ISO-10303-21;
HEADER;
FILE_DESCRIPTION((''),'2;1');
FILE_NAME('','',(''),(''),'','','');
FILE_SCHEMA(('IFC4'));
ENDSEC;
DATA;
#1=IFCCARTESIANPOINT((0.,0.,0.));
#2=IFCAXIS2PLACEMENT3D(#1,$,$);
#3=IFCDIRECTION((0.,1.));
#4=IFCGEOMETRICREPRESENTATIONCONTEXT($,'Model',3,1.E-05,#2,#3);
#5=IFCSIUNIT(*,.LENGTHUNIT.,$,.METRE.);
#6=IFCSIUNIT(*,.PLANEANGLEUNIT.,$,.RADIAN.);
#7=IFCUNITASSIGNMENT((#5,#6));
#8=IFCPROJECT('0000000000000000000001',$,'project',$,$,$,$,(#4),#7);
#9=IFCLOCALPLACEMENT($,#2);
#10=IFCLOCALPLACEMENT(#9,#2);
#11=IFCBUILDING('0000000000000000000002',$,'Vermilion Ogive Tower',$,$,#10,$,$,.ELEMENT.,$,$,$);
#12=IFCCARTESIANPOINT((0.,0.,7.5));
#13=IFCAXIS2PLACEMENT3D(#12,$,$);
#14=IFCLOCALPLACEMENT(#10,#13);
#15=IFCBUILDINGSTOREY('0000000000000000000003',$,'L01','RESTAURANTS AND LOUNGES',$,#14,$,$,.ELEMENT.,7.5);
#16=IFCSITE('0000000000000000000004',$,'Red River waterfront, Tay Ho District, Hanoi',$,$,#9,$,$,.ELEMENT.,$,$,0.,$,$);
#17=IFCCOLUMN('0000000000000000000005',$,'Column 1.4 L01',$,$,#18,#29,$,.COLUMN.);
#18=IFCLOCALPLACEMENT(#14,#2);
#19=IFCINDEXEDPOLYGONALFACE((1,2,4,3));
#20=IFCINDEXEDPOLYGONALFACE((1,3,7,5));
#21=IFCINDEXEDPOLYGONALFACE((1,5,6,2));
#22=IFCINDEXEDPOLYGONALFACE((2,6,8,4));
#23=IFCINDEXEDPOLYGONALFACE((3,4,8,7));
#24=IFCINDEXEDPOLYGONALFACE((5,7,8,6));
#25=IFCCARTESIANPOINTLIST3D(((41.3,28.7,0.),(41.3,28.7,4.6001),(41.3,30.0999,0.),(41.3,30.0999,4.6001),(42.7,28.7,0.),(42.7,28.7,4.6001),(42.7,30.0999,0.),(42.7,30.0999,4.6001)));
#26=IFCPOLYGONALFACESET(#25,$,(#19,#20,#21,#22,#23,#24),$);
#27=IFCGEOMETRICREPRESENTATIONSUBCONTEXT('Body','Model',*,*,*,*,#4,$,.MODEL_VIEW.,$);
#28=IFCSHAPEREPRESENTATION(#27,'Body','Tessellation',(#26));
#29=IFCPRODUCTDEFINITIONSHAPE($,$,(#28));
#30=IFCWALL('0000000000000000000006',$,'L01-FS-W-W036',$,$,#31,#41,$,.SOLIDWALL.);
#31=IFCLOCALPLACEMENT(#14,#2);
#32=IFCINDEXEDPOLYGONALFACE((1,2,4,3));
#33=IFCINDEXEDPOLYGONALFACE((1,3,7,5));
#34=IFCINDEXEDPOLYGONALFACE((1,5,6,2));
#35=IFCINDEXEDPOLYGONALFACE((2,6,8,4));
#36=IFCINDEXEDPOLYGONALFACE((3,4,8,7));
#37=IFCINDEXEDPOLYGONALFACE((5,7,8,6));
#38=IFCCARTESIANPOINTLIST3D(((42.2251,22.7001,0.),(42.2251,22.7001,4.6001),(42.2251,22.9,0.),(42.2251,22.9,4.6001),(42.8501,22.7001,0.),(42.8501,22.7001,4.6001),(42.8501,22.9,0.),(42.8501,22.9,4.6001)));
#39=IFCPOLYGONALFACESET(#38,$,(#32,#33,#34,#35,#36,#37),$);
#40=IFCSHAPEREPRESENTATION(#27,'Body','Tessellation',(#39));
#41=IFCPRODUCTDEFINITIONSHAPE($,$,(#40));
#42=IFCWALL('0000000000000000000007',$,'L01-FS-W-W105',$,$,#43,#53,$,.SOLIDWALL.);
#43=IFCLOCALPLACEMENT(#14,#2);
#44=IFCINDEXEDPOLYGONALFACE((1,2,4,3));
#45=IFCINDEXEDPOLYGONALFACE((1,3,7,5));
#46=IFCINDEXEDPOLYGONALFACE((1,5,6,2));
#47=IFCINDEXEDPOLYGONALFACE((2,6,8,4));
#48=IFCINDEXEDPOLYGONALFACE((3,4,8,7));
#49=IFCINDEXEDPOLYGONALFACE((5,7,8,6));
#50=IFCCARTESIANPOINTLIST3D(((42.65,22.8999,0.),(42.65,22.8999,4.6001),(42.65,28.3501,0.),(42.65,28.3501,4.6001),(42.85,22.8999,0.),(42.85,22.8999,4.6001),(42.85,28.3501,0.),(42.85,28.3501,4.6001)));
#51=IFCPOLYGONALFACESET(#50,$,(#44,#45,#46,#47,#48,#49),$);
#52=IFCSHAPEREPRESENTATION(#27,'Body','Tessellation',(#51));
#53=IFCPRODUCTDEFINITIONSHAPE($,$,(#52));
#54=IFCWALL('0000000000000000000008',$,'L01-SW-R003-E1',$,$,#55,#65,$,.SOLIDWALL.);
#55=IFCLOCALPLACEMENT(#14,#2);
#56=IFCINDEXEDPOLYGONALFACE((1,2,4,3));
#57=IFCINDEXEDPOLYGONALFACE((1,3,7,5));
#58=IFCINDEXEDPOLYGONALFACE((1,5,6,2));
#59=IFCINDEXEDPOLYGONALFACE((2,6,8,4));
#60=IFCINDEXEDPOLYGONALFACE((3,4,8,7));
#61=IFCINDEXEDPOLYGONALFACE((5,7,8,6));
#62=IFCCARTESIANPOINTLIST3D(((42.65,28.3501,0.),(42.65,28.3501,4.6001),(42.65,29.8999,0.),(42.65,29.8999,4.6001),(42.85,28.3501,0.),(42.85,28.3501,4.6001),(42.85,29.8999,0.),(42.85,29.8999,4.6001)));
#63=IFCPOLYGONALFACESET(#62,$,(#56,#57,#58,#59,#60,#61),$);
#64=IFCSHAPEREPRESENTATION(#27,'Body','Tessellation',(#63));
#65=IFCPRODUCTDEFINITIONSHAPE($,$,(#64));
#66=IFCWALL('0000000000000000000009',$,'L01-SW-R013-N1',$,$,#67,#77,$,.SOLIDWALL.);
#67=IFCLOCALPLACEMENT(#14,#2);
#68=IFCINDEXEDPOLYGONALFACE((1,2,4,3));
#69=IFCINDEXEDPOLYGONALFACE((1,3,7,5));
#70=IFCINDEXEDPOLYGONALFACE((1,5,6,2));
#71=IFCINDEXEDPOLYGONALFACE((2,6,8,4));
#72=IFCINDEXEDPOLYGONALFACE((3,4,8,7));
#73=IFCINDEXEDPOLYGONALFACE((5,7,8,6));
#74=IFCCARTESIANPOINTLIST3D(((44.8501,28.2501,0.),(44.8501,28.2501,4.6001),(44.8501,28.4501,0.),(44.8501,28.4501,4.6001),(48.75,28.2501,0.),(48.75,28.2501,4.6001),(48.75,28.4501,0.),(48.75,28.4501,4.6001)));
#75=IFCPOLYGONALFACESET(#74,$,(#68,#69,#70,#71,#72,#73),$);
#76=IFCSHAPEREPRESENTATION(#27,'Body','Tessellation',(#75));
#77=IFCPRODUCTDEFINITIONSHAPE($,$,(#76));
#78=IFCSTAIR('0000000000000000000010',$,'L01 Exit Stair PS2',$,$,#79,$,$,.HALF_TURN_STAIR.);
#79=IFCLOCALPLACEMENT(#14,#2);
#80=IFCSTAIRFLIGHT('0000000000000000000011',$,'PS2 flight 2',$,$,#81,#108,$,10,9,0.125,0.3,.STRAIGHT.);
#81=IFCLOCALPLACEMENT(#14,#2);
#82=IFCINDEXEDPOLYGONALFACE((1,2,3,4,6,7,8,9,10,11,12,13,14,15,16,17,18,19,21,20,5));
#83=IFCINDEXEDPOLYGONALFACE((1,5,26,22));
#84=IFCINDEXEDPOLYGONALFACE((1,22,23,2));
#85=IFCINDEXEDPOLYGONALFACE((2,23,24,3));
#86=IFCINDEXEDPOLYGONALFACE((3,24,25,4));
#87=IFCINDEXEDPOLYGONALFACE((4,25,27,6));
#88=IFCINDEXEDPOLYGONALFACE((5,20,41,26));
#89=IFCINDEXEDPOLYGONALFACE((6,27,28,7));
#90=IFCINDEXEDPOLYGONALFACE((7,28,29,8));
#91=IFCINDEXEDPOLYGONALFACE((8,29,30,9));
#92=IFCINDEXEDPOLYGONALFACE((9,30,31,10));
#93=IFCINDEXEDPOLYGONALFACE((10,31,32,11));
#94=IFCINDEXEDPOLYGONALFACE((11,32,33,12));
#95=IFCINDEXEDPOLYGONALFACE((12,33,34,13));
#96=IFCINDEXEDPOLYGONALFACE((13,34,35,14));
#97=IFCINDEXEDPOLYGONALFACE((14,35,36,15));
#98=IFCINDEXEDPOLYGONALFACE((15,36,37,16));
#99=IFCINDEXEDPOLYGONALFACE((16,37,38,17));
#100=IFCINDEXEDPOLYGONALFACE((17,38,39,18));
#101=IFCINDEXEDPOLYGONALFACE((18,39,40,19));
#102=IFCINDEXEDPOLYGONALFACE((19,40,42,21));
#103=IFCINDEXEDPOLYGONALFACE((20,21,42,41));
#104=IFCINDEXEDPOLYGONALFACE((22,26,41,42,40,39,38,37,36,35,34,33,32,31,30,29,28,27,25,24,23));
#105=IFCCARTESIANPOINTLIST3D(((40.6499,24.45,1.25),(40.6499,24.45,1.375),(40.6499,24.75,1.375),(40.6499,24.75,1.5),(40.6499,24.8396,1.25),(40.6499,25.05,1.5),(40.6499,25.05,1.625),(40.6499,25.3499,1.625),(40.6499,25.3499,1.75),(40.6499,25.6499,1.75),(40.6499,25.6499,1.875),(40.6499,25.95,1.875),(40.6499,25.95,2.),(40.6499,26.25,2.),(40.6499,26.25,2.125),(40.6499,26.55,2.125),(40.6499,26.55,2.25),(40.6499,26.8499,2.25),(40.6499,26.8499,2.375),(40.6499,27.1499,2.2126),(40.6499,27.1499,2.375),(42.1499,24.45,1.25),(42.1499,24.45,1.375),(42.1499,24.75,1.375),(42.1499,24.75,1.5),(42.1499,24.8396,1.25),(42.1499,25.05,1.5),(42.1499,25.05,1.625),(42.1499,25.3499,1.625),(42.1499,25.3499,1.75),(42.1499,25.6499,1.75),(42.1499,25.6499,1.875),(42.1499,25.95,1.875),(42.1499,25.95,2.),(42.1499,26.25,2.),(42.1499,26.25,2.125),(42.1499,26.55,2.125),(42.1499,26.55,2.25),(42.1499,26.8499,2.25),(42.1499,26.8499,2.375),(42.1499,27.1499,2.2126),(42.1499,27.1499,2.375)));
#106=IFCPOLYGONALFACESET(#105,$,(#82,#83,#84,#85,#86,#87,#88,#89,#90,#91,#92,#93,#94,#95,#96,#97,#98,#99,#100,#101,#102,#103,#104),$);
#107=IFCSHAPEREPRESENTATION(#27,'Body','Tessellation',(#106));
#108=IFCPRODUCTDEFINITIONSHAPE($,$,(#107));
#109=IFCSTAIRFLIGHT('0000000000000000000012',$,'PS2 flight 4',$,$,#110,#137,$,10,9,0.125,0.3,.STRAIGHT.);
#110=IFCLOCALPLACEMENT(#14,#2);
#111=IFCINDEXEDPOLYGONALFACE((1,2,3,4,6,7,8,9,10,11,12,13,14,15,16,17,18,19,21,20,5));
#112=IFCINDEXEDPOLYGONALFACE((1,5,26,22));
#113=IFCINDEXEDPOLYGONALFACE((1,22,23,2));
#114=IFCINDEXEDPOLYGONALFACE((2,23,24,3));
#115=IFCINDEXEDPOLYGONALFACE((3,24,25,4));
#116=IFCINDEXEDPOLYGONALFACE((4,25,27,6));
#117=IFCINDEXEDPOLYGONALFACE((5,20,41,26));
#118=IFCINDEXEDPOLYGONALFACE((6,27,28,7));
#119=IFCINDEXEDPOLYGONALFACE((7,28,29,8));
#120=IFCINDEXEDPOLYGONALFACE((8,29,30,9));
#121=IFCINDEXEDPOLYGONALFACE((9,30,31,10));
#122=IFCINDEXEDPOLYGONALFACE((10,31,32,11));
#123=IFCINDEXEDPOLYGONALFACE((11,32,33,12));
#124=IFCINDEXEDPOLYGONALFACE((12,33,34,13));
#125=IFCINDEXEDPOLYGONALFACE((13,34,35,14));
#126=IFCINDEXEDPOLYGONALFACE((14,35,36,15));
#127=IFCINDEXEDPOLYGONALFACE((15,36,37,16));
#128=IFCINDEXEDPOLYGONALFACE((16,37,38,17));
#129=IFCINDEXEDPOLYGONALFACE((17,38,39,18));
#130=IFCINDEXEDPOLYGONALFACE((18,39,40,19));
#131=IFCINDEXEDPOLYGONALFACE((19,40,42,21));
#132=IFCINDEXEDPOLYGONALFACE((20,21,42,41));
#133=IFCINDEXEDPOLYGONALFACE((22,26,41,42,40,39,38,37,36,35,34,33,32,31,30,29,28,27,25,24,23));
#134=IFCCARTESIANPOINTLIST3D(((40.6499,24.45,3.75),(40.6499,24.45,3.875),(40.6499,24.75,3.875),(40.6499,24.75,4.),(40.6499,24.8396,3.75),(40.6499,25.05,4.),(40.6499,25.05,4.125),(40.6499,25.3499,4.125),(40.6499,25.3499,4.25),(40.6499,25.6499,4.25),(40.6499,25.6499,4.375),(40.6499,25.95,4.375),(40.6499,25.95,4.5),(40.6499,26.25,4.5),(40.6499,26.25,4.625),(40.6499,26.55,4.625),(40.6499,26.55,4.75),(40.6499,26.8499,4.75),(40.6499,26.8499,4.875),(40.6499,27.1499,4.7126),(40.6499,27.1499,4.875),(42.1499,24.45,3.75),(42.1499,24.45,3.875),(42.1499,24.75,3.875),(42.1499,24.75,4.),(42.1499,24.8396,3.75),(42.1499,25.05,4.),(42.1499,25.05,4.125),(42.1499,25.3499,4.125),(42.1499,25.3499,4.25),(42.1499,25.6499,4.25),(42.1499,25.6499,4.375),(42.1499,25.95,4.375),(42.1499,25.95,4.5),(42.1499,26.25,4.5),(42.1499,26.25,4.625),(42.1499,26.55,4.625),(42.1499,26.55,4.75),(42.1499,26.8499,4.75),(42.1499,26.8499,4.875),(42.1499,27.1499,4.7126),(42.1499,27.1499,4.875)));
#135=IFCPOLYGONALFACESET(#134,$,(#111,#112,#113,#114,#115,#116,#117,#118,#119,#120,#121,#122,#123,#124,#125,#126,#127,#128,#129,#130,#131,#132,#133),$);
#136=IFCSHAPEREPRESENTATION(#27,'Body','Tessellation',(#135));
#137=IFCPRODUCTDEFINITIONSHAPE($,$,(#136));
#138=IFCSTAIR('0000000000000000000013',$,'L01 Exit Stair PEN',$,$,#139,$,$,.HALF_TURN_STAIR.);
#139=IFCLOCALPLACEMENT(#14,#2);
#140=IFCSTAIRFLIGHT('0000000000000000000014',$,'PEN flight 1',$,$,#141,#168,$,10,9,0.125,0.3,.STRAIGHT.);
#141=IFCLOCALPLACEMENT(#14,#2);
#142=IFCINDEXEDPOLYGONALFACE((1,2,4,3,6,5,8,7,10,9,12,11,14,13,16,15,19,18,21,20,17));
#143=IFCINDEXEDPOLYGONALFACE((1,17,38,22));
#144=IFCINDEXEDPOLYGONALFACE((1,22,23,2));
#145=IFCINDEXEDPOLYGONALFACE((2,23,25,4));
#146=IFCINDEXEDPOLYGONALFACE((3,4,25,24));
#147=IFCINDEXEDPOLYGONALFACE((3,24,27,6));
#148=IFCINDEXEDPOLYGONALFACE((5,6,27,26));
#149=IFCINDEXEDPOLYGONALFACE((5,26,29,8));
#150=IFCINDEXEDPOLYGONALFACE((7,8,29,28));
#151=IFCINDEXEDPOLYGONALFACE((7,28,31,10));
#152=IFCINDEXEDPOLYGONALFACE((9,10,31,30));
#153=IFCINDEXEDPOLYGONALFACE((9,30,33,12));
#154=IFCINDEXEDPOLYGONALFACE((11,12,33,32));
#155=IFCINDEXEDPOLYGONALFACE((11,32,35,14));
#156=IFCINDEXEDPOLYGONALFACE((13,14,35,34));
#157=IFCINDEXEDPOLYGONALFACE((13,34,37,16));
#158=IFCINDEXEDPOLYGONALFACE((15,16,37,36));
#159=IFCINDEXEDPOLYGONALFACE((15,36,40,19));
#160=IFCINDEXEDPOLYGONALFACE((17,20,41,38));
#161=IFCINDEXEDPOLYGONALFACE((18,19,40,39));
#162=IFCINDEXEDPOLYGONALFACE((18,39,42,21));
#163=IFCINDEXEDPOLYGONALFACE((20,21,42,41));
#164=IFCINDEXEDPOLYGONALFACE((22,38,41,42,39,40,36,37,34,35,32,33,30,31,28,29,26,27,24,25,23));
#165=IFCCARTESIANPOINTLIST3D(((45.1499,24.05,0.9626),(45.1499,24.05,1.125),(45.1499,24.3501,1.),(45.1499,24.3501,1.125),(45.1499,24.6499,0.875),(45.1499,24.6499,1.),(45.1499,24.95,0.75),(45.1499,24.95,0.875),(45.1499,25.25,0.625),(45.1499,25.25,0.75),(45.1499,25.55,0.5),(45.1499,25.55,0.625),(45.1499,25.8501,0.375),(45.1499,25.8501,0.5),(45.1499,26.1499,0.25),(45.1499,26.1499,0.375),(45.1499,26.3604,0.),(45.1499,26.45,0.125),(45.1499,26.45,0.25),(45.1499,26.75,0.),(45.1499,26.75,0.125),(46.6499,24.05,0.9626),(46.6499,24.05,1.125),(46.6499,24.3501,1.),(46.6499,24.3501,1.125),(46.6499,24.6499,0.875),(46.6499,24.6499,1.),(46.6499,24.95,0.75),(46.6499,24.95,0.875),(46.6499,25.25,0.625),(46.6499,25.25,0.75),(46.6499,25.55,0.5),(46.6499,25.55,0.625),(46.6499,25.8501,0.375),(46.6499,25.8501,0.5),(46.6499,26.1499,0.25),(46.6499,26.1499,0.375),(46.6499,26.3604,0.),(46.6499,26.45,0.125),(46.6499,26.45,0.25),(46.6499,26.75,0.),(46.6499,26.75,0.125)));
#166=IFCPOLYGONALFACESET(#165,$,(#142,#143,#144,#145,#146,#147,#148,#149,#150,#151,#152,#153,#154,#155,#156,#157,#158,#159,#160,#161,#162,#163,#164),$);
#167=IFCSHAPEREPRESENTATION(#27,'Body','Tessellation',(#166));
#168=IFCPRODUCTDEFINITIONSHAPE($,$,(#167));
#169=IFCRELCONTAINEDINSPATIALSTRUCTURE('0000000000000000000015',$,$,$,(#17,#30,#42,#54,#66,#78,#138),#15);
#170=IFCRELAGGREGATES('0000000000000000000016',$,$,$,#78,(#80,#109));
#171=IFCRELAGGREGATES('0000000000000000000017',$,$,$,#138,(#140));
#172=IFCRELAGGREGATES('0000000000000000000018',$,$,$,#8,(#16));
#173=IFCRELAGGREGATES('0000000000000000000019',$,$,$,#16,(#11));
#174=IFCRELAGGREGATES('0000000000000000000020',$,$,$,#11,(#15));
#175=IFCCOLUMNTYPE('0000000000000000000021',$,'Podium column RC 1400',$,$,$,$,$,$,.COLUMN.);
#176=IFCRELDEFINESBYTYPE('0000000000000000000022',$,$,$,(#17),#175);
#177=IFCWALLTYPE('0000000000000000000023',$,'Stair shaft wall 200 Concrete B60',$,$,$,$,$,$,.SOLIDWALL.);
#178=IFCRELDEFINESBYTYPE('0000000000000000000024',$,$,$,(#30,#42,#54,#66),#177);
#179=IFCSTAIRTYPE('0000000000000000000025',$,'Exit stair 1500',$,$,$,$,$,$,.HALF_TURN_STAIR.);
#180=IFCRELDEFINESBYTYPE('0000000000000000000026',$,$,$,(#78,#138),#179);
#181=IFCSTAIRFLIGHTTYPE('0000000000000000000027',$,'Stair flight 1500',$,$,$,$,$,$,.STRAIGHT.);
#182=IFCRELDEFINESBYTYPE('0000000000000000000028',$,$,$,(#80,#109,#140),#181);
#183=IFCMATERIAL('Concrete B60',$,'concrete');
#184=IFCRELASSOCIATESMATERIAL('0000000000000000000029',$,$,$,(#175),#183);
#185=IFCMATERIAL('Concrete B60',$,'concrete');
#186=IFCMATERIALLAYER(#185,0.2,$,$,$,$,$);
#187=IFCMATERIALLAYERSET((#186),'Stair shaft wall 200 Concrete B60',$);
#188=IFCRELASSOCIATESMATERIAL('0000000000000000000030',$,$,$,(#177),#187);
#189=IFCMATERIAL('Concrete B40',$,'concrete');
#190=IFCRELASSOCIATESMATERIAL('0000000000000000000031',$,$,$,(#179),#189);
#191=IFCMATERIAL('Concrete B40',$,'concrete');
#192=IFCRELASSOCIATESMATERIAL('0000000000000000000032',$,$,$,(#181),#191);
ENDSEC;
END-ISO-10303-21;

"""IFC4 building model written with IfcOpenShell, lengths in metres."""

from ifc_helpers import new_model, si_unit, direction, frame, frame_2d, origin, origin_2d, place, context, subcontext, project, spatial, polyline, rectangle, outline, extrude, material, layer, layer_set, material_profile, profile_set, type_object, element, aggregate, save


model = new_model("IFC4")

# Units and contexts
model_context = context("Model", 3, precision=1e-05, world=origin(), true_north=direction((0.0, 1.0)))
body_context = subcontext(model_context, "Body", "Model", "MODEL_VIEW")
ifc_project = project(units=[si_unit("LENGTHUNIT", "METRE"), si_unit("PLANEANGLEUNIT", "RADIAN")], contexts=[model_context])

# Site, building, storey
site_placement = place(None, origin())
site = spatial("IfcSite", under=ifc_project, at=site_placement, Name="Red River waterfront, Tay Ho District, Hanoi", CompositionType="ELEMENT", RefElevation=0.0)
building_placement = place(site_placement, origin())
building = spatial("IfcBuilding", under=site, at=building_placement, Name="Vermilion Ogive Tower", CompositionType="ELEMENT")
storey_placement = place(building_placement, frame((0.0, 0.0, 7.5)))
storey = spatial("IfcBuildingStorey", under=building, at=storey_placement, Name="L01", Description="RESTAURANTS AND LOUNGES", CompositionType="ELEMENT", Elevation=7.5)

# Column
ifc_material_1 = material(Name="Concrete B60", Category="concrete")
ifc_material_profile = material_profile(ifc_material_1, rectangle(XDim=1.3999, YDim=1.3999, at=origin_2d()), Name="RC 1400x1400")
ifc_profile_set = profile_set([ifc_material_profile], Name="Concrete B60")
column_type = type_object("IfcColumnType", Name="Podium column RC 1400", PredefinedType="COLUMN", material=ifc_profile_set)
column_placement = place(storey_placement, frame((42.0, 29.3999, 0.0), z_axis=(0.0, 0.0, 1.0), x_axis=(1.0, 0.0, 0.0)))
element("IfcColumn", 1, at=column_placement, inside=storey, type_object=column_type, Name="Column 1.4 L01", PredefinedType="COLUMN", context=body_context, shape_type="SweptSolid", body=[
    extrude(rectangle(XDim=1.3999, YDim=1.3999, at=origin_2d()), origin(), (0.0, 0.0, 1.0), 4.6001),
])

# Walls
ifc_material_2 = material(Name="Concrete B60", Category="concrete")
ifc_layer = layer(ifc_material_2, 0.2)
ifc_layer_set = layer_set([ifc_layer], Name="Stair shaft wall 200 Concrete B60")
wall_type = type_object("IfcWallType", Name="Stair shaft wall 200 Concrete B60", PredefinedType="SOLIDWALL", material=ifc_layer_set)
wall_1_placement = place(storey_placement, frame((42.2251, 22.8, 0.0), z_axis=(0.0, 0.0, 1.0), x_axis=(1.0, 0.0, 0.0)))
element("IfcWall", 2, at=wall_1_placement, inside=storey, type_object=wall_type, Name="L01-FS-W-W036", PredefinedType="SOLIDWALL", context=body_context, shape_type="SweptSolid", body=[
    extrude(rectangle(XDim=0.625, YDim=0.2, at=frame_2d((0.3125, 0.0))), origin(), (0.0, 0.0, 1.0), 4.6001),
])
wall_2_placement = place(storey_placement, frame((42.75, 22.8999, 0.0), z_axis=(0.0, 0.0, 1.0), x_axis=(0.0, 1.0, 0.0)))
element("IfcWall", 3, at=wall_2_placement, inside=storey, type_object=wall_type, Name="L01-FS-W-W105", PredefinedType="SOLIDWALL", context=body_context, shape_type="SweptSolid", body=[
    extrude(rectangle(XDim=5.4502, YDim=0.2, at=frame_2d((2.7251, 0.0))), origin(), (0.0, 0.0, 1.0), 4.6001),
])
wall_3_placement = place(storey_placement, frame((42.75, 28.3501, 0.0), z_axis=(0.0, 0.0, 1.0), x_axis=(0.0, 1.0, 0.0)))
element("IfcWall", 4, at=wall_3_placement, inside=storey, type_object=wall_type, Name="L01-SW-R003-E1", PredefinedType="SOLIDWALL", context=body_context, shape_type="SweptSolid", body=[
    extrude(rectangle(XDim=1.5498, YDim=0.2, at=frame_2d((0.7749, 0.0))), origin(), (0.0, 0.0, 1.0), 4.6001),
])
wall_4_placement = place(storey_placement, frame((44.8501, 28.3501, 0.0), z_axis=(0.0, 0.0, 1.0), x_axis=(1.0, 0.0, 0.0)))
element("IfcWall", 5, at=wall_4_placement, inside=storey, type_object=wall_type, Name="L01-SW-R013-N1", PredefinedType="SOLIDWALL", context=body_context, shape_type="SweptSolid", body=[
    extrude(rectangle(XDim=3.8999, YDim=0.2, at=frame_2d((1.95, 0.0))), origin(), (0.0, 0.0, 1.0), 4.6001),
])

# Stairs, stair flights
ifc_material_3 = material(Name="Concrete B40", Category="concrete")
stair_type = type_object("IfcStairType", Name="Exit stair 1500", PredefinedType="HALF_TURN_STAIR", material=ifc_material_3)
stair_1_placement = place(storey_placement, origin())
stair_1 = element("IfcStair", 6, at=stair_1_placement, inside=storey, type_object=stair_type, Name="L01 Exit Stair PS2", PredefinedType="HALF_TURN_STAIR")
ifc_material_4 = material(Name="Concrete B40", Category="concrete")
stair_flight_type = type_object("IfcStairFlightType", Name="Stair flight 1500", PredefinedType="STRAIGHT", material=ifc_material_4)
stair_flight_1_placement = place(storey_placement, frame((41.3999, 24.45, 1.25), z_axis=(0.0, 0.0, 1.0), x_axis=(0.0, 1.0, 0.0)))
stair_flight_1 = element("IfcStairFlight", 7, at=stair_flight_1_placement, type_object=stair_flight_type, Name="PS2 flight 2", NumberOfRisers=10, NumberOfTreads=9, PredefinedType="STRAIGHT", RiserHeight=0.125, TreadLength=0.3, context=body_context, shape_type="SweptSolid", body=[
    extrude(outline(polyline([(0.0, 0.0), (0.0, 0.125), (0.3, 0.125), (0.3, 0.25), (0.6001, 0.25), (0.6001, 0.375), (0.8999, 0.375), (0.8999, 0.5), (1.2, 0.5), (1.2, 0.625), (1.5, 0.625), (1.5, 0.75), (1.8, 0.75), (1.8, 0.875), (2.1001, 0.875), (2.1001, 1.0), (2.3999, 1.0), (2.3999, 1.125), (2.7, 1.125), (2.7, 1.25), (2.7, 0.9626), (0.3896, 0.0), (0.0, 0.0)])), frame((0.0, 0.75, 0.0), z_axis=(0.0, -1.0, 0.0), x_axis=(1.0, 0.0, 0.0)), (0.0, 0.0, 1.0), 1.5),
])
stair_flight_2_placement = place(storey_placement, frame((41.3999, 24.45, 3.75), z_axis=(0.0, 0.0, 1.0), x_axis=(0.0, 1.0, 0.0)))
stair_flight_2 = element("IfcStairFlight", 8, at=stair_flight_2_placement, type_object=stair_flight_type, Name="PS2 flight 4", NumberOfRisers=10, NumberOfTreads=9, PredefinedType="STRAIGHT", RiserHeight=0.125, TreadLength=0.3, context=body_context, shape_type="SweptSolid", body=[
    extrude(outline(polyline([(0.0, 0.0), (0.0, 0.125), (0.3, 0.125), (0.3, 0.25), (0.6001, 0.25), (0.6001, 0.375), (0.8999, 0.375), (0.8999, 0.5), (1.2, 0.5), (1.2, 0.625), (1.5, 0.625), (1.5, 0.75), (1.8, 0.75), (1.8, 0.875), (2.1001, 0.875), (2.1001, 1.0), (2.3999, 1.0), (2.3999, 1.125), (2.7, 1.125), (2.7, 1.25), (2.7, 0.9626), (0.3896, 0.0), (0.0, 0.0)])), frame((0.0, 0.75, 0.0), z_axis=(0.0, -1.0, 0.0), x_axis=(1.0, 0.0, 0.0)), (0.0, 0.0, 1.0), 1.5),
])
aggregate(stair_1, [stair_flight_1, stair_flight_2])
stair_2_placement = place(storey_placement, origin())
stair_2 = element("IfcStair", 9, at=stair_2_placement, inside=storey, type_object=stair_type, Name="L01 Exit Stair PEN", PredefinedType="HALF_TURN_STAIR")
stair_flight_3_placement = place(storey_placement, frame((45.8999, 26.75, 0.0), z_axis=(0.0, 0.0, 1.0), x_axis=(0.0, -1.0, 0.0)))
stair_flight_3 = element("IfcStairFlight", 10, at=stair_flight_3_placement, type_object=stair_flight_type, Name="PEN flight 1", NumberOfRisers=10, NumberOfTreads=9, PredefinedType="STRAIGHT", RiserHeight=0.125, TreadLength=0.3, context=body_context, shape_type="SweptSolid", body=[
    extrude(outline(polyline([(0.0, 0.0), (0.0, 0.125), (0.3, 0.125), (0.3, 0.25), (0.6001, 0.25), (0.6001, 0.375), (0.8999, 0.375), (0.8999, 0.5), (1.2, 0.5), (1.2, 0.625), (1.5, 0.625), (1.5, 0.75), (1.8, 0.75), (1.8, 0.875), (2.1001, 0.875), (2.1001, 1.0), (2.3999, 1.0), (2.3999, 1.125), (2.7, 1.125), (2.7, 1.25), (2.7, 0.9626), (0.3896, 0.0), (0.0, 0.0)])), frame((0.0, 0.75, 0.0), z_axis=(0.0, -1.0, 0.0), x_axis=(1.0, 0.0, 0.0)), (0.0, 0.0, 1.0), 1.5),
])
aggregate(stair_2, [stair_flight_3])

save(model, "model.ifc")
